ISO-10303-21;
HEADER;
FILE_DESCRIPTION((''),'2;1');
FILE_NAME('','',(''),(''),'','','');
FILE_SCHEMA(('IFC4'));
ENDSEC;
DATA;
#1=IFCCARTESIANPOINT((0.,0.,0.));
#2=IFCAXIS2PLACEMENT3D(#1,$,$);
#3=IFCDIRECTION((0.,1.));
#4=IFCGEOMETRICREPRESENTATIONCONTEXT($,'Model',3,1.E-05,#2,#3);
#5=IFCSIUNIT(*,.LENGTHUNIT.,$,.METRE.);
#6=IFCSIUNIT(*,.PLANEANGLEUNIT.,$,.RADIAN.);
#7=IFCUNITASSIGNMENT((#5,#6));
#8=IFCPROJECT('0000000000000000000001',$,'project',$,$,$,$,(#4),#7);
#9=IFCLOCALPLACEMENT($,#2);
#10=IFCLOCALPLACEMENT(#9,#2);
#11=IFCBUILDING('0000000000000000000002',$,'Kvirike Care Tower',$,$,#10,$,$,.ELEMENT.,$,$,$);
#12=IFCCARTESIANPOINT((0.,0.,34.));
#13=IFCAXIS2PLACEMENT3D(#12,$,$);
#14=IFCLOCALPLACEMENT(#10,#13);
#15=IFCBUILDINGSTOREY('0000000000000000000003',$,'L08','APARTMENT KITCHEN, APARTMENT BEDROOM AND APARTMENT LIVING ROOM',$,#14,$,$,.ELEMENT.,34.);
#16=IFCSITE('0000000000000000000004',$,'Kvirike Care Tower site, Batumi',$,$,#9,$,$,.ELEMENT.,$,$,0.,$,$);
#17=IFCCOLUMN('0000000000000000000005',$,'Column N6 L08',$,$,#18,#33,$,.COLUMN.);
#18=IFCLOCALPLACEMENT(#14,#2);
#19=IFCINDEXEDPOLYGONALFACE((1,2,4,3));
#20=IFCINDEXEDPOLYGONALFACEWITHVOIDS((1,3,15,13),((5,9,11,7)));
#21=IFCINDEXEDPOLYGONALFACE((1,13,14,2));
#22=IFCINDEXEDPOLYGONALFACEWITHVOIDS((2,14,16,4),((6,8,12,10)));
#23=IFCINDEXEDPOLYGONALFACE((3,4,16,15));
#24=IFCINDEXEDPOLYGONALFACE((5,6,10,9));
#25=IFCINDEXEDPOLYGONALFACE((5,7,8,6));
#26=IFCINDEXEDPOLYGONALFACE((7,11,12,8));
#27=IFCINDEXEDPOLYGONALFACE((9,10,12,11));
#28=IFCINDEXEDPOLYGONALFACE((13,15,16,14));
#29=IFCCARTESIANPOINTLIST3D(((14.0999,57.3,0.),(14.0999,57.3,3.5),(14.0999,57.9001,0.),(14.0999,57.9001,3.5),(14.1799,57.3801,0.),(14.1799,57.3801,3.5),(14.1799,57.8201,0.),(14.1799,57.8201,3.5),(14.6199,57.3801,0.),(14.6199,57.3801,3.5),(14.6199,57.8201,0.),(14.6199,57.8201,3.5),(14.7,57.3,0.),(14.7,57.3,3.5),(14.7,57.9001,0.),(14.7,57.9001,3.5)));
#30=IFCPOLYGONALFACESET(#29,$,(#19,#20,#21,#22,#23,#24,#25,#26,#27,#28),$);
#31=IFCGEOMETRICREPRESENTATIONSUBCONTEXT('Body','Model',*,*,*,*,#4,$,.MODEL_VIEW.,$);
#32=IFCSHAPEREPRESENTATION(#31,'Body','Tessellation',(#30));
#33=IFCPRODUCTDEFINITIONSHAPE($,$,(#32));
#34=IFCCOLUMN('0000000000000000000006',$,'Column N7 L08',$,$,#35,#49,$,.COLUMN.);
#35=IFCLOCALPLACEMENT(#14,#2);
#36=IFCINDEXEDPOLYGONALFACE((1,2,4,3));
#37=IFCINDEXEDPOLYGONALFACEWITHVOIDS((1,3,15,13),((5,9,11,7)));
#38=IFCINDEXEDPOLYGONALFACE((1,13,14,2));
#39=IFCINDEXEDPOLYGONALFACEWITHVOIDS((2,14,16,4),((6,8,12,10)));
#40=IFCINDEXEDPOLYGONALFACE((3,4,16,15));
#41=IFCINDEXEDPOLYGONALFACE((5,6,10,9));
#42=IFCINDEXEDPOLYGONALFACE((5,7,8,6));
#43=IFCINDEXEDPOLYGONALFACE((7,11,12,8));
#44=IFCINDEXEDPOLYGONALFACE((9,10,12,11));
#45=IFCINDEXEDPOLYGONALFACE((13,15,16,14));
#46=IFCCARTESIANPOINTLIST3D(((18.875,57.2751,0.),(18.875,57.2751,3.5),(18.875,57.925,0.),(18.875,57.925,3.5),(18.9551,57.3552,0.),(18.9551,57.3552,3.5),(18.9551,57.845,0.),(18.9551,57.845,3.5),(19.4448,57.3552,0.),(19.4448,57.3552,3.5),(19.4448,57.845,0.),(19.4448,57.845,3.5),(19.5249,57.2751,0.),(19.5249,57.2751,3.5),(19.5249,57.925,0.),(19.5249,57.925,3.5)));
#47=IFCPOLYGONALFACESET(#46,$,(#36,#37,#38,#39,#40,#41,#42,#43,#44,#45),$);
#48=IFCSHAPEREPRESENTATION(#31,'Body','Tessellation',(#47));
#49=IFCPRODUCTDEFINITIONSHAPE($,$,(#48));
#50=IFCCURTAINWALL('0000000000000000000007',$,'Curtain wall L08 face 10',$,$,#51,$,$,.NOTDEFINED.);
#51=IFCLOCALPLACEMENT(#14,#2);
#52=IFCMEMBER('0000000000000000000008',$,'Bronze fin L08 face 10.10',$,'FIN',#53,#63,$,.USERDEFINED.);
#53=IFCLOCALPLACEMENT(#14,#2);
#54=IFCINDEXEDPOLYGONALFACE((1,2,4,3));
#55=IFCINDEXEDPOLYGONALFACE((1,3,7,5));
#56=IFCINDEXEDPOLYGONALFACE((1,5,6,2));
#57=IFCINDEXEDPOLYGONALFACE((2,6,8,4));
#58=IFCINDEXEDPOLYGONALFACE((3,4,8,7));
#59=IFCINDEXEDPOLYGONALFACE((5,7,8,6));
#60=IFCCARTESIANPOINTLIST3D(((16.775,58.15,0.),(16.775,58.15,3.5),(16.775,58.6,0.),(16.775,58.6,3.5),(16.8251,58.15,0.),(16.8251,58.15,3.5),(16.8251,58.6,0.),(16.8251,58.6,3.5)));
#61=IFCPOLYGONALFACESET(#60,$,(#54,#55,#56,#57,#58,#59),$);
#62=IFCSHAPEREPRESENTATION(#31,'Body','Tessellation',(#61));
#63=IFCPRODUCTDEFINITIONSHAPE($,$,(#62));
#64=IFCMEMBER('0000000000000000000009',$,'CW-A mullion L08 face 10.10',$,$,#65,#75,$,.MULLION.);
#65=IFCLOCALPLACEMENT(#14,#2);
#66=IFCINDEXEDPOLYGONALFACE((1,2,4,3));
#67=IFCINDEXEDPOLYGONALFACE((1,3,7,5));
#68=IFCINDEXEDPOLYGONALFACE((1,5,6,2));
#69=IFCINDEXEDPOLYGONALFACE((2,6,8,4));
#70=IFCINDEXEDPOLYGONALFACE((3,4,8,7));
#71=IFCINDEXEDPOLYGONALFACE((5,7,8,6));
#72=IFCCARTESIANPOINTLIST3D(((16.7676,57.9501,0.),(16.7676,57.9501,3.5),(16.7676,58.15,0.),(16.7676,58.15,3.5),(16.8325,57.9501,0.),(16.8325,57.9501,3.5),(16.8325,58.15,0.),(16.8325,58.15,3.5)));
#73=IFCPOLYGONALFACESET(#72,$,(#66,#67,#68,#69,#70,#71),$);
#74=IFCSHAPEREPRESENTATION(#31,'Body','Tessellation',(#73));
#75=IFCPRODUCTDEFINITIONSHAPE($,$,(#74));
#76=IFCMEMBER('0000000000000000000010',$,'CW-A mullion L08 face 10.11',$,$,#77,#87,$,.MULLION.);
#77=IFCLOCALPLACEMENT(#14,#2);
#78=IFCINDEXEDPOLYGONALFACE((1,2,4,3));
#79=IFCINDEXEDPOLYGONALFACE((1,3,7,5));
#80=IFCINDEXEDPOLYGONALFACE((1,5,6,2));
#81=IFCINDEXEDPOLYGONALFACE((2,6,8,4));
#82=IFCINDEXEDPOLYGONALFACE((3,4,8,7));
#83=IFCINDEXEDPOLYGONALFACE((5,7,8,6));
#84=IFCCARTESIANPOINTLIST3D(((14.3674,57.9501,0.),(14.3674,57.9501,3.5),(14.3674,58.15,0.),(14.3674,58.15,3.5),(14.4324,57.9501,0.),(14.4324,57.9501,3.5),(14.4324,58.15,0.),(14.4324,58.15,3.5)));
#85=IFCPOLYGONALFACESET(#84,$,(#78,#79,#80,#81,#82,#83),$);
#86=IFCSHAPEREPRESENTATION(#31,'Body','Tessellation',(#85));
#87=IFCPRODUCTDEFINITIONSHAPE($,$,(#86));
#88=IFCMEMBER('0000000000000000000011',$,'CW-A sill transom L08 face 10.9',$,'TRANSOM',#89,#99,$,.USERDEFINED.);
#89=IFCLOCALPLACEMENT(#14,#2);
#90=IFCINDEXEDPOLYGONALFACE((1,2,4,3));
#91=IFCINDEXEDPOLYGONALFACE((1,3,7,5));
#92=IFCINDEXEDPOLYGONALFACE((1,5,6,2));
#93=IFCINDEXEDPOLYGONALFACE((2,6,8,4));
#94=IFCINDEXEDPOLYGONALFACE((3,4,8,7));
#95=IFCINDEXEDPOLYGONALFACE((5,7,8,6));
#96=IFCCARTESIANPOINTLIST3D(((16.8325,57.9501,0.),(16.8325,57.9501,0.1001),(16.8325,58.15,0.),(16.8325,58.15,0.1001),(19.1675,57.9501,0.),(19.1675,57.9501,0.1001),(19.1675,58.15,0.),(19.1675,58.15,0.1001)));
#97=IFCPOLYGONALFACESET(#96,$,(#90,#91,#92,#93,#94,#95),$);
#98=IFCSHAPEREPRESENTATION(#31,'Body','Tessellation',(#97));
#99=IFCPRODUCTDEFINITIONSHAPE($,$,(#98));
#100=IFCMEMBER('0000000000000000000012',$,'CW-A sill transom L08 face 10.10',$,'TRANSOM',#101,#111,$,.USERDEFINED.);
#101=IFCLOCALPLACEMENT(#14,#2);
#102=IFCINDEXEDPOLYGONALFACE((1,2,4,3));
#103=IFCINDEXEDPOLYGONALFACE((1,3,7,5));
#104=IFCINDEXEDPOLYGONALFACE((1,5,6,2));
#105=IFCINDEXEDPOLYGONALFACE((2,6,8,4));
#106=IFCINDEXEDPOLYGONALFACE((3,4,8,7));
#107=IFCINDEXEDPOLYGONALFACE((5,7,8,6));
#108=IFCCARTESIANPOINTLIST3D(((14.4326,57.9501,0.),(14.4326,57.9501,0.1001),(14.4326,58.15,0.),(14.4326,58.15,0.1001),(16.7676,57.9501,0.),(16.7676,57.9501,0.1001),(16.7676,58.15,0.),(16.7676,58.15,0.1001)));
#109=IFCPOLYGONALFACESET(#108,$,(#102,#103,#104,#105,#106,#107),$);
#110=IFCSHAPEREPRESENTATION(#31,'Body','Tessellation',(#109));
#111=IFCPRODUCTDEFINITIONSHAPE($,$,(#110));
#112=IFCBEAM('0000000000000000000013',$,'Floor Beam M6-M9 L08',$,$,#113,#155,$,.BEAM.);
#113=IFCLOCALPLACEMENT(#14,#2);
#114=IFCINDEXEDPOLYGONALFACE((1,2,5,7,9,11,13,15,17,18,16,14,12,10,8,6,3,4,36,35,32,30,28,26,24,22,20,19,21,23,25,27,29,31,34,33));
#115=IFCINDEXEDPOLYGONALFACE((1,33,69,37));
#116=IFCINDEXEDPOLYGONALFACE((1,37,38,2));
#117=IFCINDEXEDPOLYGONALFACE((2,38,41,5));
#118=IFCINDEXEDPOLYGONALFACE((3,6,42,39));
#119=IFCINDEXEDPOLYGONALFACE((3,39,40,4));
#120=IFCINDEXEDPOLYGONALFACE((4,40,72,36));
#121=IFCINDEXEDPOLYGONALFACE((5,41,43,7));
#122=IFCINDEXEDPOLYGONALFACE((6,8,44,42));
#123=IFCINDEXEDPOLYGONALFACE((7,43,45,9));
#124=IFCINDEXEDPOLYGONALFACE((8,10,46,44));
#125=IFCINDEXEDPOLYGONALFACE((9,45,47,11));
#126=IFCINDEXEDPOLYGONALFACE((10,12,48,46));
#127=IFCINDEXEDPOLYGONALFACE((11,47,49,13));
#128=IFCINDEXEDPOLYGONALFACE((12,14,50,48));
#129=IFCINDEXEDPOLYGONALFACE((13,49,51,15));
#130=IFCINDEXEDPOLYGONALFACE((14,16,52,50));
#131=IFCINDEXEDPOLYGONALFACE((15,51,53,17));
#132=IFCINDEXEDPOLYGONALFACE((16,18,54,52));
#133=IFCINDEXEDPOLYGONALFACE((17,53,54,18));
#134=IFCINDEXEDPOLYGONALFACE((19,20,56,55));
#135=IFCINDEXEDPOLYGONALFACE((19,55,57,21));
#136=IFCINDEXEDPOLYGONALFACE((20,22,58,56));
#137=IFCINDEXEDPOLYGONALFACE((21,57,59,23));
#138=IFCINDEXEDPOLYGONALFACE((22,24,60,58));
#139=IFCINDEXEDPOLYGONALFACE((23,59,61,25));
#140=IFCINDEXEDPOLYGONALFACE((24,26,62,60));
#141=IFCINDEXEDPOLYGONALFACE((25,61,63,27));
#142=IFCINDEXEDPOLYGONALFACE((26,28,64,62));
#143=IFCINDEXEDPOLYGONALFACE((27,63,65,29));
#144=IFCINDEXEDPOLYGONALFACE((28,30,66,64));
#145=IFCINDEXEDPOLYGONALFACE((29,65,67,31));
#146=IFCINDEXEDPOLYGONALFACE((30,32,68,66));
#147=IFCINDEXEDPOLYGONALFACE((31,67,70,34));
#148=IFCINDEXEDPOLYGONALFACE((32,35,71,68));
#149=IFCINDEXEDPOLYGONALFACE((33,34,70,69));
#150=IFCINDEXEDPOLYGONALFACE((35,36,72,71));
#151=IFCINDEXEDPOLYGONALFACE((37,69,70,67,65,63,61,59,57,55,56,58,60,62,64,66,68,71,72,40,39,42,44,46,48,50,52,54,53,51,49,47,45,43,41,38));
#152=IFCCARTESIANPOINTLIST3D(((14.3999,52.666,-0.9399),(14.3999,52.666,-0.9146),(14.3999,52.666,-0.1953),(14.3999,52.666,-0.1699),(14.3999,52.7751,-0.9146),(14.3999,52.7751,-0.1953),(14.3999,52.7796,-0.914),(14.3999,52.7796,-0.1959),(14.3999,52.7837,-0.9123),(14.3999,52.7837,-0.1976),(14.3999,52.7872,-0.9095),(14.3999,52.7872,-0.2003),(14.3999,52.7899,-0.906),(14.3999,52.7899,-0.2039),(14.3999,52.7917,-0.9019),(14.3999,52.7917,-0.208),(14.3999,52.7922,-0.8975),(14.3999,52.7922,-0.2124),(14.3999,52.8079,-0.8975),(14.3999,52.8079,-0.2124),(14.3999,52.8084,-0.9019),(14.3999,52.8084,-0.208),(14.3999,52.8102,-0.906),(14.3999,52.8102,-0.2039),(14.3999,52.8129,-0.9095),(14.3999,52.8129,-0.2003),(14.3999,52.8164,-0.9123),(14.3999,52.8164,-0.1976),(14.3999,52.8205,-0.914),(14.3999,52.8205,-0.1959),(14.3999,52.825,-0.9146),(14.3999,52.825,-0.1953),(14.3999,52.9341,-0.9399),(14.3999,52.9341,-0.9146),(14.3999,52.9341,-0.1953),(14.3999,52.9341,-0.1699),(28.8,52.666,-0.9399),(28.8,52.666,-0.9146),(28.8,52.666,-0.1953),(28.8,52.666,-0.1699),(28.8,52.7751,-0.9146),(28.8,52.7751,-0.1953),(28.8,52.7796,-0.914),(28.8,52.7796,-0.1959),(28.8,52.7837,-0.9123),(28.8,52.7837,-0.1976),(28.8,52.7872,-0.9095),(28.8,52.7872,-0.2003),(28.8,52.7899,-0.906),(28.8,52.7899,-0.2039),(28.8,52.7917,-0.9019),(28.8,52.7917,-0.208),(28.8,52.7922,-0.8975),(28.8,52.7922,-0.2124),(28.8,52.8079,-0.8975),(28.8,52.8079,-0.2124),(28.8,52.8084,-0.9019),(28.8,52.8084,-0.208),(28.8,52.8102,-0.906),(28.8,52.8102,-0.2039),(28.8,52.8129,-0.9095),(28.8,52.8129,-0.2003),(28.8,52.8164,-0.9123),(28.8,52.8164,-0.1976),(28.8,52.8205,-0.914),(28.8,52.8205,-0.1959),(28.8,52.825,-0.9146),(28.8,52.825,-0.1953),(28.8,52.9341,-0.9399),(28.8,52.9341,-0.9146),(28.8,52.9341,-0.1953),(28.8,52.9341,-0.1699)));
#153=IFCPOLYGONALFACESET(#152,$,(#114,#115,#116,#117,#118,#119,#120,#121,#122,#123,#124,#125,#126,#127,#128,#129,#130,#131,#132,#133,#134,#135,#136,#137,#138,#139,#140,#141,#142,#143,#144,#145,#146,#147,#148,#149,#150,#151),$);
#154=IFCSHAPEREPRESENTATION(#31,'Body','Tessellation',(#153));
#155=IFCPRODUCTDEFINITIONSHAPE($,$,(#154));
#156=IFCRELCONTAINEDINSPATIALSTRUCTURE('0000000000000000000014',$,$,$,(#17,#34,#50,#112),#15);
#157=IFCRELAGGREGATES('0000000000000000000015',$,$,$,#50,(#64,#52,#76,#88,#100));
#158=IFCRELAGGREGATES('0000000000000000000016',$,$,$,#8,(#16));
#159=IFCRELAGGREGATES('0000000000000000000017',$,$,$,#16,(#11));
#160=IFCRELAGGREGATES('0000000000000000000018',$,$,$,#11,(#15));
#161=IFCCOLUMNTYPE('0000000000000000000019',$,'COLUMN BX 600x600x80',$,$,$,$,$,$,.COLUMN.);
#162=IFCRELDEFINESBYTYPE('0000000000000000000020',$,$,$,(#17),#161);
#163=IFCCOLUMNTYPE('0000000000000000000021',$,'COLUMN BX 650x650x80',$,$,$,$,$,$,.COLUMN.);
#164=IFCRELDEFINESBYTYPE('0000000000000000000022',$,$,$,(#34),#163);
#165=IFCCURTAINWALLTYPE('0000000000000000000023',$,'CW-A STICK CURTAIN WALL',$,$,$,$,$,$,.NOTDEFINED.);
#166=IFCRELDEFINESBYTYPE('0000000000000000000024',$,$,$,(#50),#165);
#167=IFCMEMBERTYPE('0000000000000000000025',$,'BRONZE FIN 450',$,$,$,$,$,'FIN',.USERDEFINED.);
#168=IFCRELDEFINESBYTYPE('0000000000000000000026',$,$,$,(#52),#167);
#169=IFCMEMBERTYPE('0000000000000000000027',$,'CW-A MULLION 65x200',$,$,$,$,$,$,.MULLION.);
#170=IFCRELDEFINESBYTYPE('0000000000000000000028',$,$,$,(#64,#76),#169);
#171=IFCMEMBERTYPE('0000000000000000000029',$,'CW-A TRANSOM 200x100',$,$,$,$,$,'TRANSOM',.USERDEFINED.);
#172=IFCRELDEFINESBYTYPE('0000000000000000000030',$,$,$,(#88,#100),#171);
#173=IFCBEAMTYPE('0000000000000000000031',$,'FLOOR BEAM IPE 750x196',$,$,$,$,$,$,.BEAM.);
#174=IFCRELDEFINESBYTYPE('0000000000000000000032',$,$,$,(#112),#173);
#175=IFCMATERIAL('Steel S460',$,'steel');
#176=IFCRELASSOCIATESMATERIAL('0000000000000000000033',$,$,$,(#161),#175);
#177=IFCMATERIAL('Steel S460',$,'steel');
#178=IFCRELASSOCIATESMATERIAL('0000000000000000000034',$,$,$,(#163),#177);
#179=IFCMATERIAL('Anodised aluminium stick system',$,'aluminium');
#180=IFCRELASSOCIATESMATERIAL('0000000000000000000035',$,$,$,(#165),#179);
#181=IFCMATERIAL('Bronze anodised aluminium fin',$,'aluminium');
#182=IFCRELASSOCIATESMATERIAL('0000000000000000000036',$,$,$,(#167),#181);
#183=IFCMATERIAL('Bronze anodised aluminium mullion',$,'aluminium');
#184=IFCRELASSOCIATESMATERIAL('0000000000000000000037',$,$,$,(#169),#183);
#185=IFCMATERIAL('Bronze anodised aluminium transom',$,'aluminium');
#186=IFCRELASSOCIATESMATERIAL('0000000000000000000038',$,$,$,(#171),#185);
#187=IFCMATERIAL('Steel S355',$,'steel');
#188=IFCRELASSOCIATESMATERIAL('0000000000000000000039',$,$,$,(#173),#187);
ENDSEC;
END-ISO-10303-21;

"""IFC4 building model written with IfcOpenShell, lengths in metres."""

from ifc_helpers import new_model, si_unit, direction, frame, origin, origin_2d, place, context, subcontext, project, spatial, rectangle, hollow_rectangle, i_section, extrude, material, material_profile, profile_set, type_object, element, aggregate, save


model = new_model("IFC4")

# Units and contexts
model_context = context("Model", 3, precision=1e-05, world=origin(), true_north=direction((0.0, 1.0)))
body_context = subcontext(model_context, "Body", "Model", "MODEL_VIEW")
ifc_project = project(units=[si_unit("LENGTHUNIT", "METRE"), si_unit("PLANEANGLEUNIT", "RADIAN")], contexts=[model_context])

# Site, building, storey
site_placement = place(None, origin())
site = spatial("IfcSite", under=ifc_project, at=site_placement, Name="Kvirike Care Tower site, Batumi", CompositionType="ELEMENT", RefElevation=0.0)
building_placement = place(site_placement, origin())
building = spatial("IfcBuilding", under=site, at=building_placement, Name="Kvirike Care Tower", CompositionType="ELEMENT")
storey_placement = place(building_placement, frame((0.0, 0.0, 34.0)))
storey = spatial("IfcBuildingStorey", under=building, at=storey_placement, Name="L08", Description="APARTMENT KITCHEN, APARTMENT BEDROOM AND APARTMENT LIVING ROOM", CompositionType="ELEMENT", Elevation=34.0)

# Columns
ifc_material_1 = material(Name="Steel S460", Category="steel")
ifc_material_profile_1 = material_profile(ifc_material_1, hollow_rectangle(XDim=0.6001, YDim=0.6001, WallThickness=0.0801, at=origin_2d()), Name="BX 600x600x80")
ifc_profile_set_1 = profile_set([ifc_material_profile_1], Name="Steel S460")
column_type_1 = type_object("IfcColumnType", Name="COLUMN BX 600x600x80", PredefinedType="COLUMN", material=ifc_profile_set_1)
column_1_placement = place(storey_placement, frame((14.3999, 57.6001, 0.0), z_axis=(0.0, 0.0, 1.0), x_axis=(0.0, 1.0, 0.0)))
element("IfcColumn", 1, at=column_1_placement, inside=storey, type_object=column_type_1, Name="Column N6 L08", PredefinedType="COLUMN", context=body_context, shape_type="SweptSolid", body=[
    extrude(hollow_rectangle(XDim=0.6001, YDim=0.6001, WallThickness=0.0801, at=origin_2d()), origin(), (0.0, 0.0, 1.0), 3.5),
])
ifc_material_2 = material(Name="Steel S460", Category="steel")
ifc_material_profile_2 = material_profile(ifc_material_2, hollow_rectangle(XDim=0.6499, YDim=0.6499, WallThickness=0.0801, at=origin_2d()), Name="BX 650x650x80")
ifc_profile_set_2 = profile_set([ifc_material_profile_2], Name="Steel S460")
column_type_2 = type_object("IfcColumnType", Name="COLUMN BX 650x650x80", PredefinedType="COLUMN", material=ifc_profile_set_2)
column_2_placement = place(storey_placement, frame((19.2, 57.6001, 0.0), z_axis=(0.0, 0.0, 1.0), x_axis=(0.0, 1.0, 0.0)))
element("IfcColumn", 2, at=column_2_placement, inside=storey, type_object=column_type_2, Name="Column N7 L08", PredefinedType="COLUMN", context=body_context, shape_type="SweptSolid", body=[
    extrude(hollow_rectangle(XDim=0.6499, YDim=0.6499, WallThickness=0.0801, at=origin_2d()), origin(), (0.0, 0.0, 1.0), 3.5),
])

# Curtain wall, members
ifc_material_3 = material(Name="Anodised aluminium stick system", Category="aluminium")
curtain_wall_type = type_object("IfcCurtainWallType", Name="CW-A STICK CURTAIN WALL", PredefinedType="NOTDEFINED", material=ifc_material_3)
curtain_wall_placement = place(storey_placement, origin())
curtain_wall = element("IfcCurtainWall", 3, at=curtain_wall_placement, inside=storey, type_object=curtain_wall_type, Name="Curtain wall L08 face 10", PredefinedType="NOTDEFINED")
ifc_material_4 = material(Name="Bronze anodised aluminium fin", Category="aluminium")
ifc_material_profile_3 = material_profile(ifc_material_4, rectangle(XDim=0.05, YDim=0.45, at=origin_2d()), Name="BRONZE FIN 450")
ifc_profile_set_3 = profile_set([ifc_material_profile_3], Name="Bronze anodised aluminium fin")
member_type_1 = type_object("IfcMemberType", Name="BRONZE FIN 450", ElementType="FIN", PredefinedType="USERDEFINED", material=ifc_profile_set_3)
member_1_placement = place(storey_placement, frame((16.8, 58.375, 0.0), z_axis=(0.0, 0.0, 1.0), x_axis=(-1.0, 0.0, 0.0)))
member_1 = element("IfcMember", 4, at=member_1_placement, type_object=member_type_1, Name="Bronze fin L08 face 10.10", ObjectType="FIN", PredefinedType="USERDEFINED", context=body_context, shape_type="SweptSolid", body=[
    extrude(rectangle(XDim=0.05, YDim=0.45, at=origin_2d()), origin(), (0.0, 0.0, 1.0), 3.5),
])
ifc_material_5 = material(Name="Bronze anodised aluminium mullion", Category="aluminium")
ifc_material_profile_4 = material_profile(ifc_material_5, rectangle(XDim=0.0649, YDim=0.2, at=origin_2d()), Name="CW-A MULLION 65x200")
ifc_profile_set_4 = profile_set([ifc_material_profile_4], Name="Bronze anodised aluminium mullion")
member_type_2 = type_object("IfcMemberType", Name="CW-A MULLION 65x200", PredefinedType="MULLION", material=ifc_profile_set_4)
member_2_placement = place(storey_placement, frame((16.8, 58.05, 0.0), z_axis=(0.0, 0.0, 1.0), x_axis=(-1.0, 0.0, 0.0)))
member_2 = element("IfcMember", 5, at=member_2_placement, type_object=member_type_2, Name="CW-A mullion L08 face 10.10", PredefinedType="MULLION", context=body_context, shape_type="SweptSolid", body=[
    extrude(rectangle(XDim=0.0649, YDim=0.2, at=origin_2d()), origin(), (0.0, 0.0, 1.0), 3.5),
])
member_3_placement = place(storey_placement, frame((14.3999, 58.05, 0.0), z_axis=(0.0, 0.0, 1.0), x_axis=(-1.0, 0.0, 0.0)))
member_3 = element("IfcMember", 6, at=member_3_placement, type_object=member_type_2, Name="CW-A mullion L08 face 10.11", PredefinedType="MULLION", context=body_context, shape_type="SweptSolid", body=[
    extrude(rectangle(XDim=0.0649, YDim=0.2, at=origin_2d()), origin(), (0.0, 0.0, 1.0), 3.5),
])
ifc_material_6 = material(Name="Bronze anodised aluminium transom", Category="aluminium")
ifc_material_profile_5 = material_profile(ifc_material_6, rectangle(XDim=0.2, YDim=0.1001, at=origin_2d()), Name="CW-A TRANSOM 200x100")
ifc_profile_set_5 = profile_set([ifc_material_profile_5], Name="Bronze anodised aluminium transom")
member_type_3 = type_object("IfcMemberType", Name="CW-A TRANSOM 200x100", ElementType="TRANSOM", PredefinedType="USERDEFINED", material=ifc_profile_set_5)
member_4_placement = place(storey_placement, frame((19.1675, 58.05, 0.05), z_axis=(-1.0, 0.0, 0.0), x_axis=(0.0, -1.0, 0.0)))
member_4 = element("IfcMember", 7, at=member_4_placement, type_object=member_type_3, Name="CW-A sill transom L08 face 10.9", ObjectType="TRANSOM", PredefinedType="USERDEFINED", context=body_context, shape_type="SweptSolid", body=[
    extrude(rectangle(XDim=0.2, YDim=0.1001, at=origin_2d()), origin(), (0.0, 0.0, 1.0), 2.335),
])
member_5_placement = place(storey_placement, frame((16.7676, 58.05, 0.05), z_axis=(-1.0, 0.0, 0.0), x_axis=(0.0, -1.0, 0.0)))
member_5 = element("IfcMember", 8, at=member_5_placement, type_object=member_type_3, Name="CW-A sill transom L08 face 10.10", ObjectType="TRANSOM", PredefinedType="USERDEFINED", context=body_context, shape_type="SweptSolid", body=[
    extrude(rectangle(XDim=0.2, YDim=0.1001, at=origin_2d()), origin(), (0.0, 0.0, 1.0), 2.335),
])

# Beam
ifc_material_7 = material(Name="Steel S355", Category="steel")
ifc_material_profile_6 = material_profile(ifc_material_7, i_section(OverallWidth=0.2681, OverallDepth=0.77, WebThickness=0.0156, FlangeThickness=0.0254, FilletRadius=0.0171, at=origin_2d()), Name="IPE 750x196")
ifc_profile_set_6 = profile_set([ifc_material_profile_6], Name="Steel S355")
beam_type_1 = type_object("IfcBeamType", Name="FLOOR BEAM IPE 750x196", PredefinedType="BEAM", material=ifc_profile_set_6)
beam_1_placement = place(storey_placement, frame((14.3999, 52.8, -0.5549), z_axis=(1.0, 0.0, 0.0), x_axis=(0.0, 1.0, 0.0)))
element("IfcBeam", 9, at=beam_1_placement, inside=storey, type_object=beam_type_1, Name="Floor Beam M6-M9 L08", PredefinedType="BEAM", context=body_context, shape_type="SweptSolid", body=[
    extrude(i_section(OverallWidth=0.2681, OverallDepth=0.77, WebThickness=0.0156, FlangeThickness=0.0254, FilletRadius=0.0171, at=origin_2d()), origin(), (0.0, 0.0, 1.0), 14.4001),
])

aggregate(curtain_wall, [member_2, member_1, member_3, member_4, member_5])

save(model, "model.ifc")
